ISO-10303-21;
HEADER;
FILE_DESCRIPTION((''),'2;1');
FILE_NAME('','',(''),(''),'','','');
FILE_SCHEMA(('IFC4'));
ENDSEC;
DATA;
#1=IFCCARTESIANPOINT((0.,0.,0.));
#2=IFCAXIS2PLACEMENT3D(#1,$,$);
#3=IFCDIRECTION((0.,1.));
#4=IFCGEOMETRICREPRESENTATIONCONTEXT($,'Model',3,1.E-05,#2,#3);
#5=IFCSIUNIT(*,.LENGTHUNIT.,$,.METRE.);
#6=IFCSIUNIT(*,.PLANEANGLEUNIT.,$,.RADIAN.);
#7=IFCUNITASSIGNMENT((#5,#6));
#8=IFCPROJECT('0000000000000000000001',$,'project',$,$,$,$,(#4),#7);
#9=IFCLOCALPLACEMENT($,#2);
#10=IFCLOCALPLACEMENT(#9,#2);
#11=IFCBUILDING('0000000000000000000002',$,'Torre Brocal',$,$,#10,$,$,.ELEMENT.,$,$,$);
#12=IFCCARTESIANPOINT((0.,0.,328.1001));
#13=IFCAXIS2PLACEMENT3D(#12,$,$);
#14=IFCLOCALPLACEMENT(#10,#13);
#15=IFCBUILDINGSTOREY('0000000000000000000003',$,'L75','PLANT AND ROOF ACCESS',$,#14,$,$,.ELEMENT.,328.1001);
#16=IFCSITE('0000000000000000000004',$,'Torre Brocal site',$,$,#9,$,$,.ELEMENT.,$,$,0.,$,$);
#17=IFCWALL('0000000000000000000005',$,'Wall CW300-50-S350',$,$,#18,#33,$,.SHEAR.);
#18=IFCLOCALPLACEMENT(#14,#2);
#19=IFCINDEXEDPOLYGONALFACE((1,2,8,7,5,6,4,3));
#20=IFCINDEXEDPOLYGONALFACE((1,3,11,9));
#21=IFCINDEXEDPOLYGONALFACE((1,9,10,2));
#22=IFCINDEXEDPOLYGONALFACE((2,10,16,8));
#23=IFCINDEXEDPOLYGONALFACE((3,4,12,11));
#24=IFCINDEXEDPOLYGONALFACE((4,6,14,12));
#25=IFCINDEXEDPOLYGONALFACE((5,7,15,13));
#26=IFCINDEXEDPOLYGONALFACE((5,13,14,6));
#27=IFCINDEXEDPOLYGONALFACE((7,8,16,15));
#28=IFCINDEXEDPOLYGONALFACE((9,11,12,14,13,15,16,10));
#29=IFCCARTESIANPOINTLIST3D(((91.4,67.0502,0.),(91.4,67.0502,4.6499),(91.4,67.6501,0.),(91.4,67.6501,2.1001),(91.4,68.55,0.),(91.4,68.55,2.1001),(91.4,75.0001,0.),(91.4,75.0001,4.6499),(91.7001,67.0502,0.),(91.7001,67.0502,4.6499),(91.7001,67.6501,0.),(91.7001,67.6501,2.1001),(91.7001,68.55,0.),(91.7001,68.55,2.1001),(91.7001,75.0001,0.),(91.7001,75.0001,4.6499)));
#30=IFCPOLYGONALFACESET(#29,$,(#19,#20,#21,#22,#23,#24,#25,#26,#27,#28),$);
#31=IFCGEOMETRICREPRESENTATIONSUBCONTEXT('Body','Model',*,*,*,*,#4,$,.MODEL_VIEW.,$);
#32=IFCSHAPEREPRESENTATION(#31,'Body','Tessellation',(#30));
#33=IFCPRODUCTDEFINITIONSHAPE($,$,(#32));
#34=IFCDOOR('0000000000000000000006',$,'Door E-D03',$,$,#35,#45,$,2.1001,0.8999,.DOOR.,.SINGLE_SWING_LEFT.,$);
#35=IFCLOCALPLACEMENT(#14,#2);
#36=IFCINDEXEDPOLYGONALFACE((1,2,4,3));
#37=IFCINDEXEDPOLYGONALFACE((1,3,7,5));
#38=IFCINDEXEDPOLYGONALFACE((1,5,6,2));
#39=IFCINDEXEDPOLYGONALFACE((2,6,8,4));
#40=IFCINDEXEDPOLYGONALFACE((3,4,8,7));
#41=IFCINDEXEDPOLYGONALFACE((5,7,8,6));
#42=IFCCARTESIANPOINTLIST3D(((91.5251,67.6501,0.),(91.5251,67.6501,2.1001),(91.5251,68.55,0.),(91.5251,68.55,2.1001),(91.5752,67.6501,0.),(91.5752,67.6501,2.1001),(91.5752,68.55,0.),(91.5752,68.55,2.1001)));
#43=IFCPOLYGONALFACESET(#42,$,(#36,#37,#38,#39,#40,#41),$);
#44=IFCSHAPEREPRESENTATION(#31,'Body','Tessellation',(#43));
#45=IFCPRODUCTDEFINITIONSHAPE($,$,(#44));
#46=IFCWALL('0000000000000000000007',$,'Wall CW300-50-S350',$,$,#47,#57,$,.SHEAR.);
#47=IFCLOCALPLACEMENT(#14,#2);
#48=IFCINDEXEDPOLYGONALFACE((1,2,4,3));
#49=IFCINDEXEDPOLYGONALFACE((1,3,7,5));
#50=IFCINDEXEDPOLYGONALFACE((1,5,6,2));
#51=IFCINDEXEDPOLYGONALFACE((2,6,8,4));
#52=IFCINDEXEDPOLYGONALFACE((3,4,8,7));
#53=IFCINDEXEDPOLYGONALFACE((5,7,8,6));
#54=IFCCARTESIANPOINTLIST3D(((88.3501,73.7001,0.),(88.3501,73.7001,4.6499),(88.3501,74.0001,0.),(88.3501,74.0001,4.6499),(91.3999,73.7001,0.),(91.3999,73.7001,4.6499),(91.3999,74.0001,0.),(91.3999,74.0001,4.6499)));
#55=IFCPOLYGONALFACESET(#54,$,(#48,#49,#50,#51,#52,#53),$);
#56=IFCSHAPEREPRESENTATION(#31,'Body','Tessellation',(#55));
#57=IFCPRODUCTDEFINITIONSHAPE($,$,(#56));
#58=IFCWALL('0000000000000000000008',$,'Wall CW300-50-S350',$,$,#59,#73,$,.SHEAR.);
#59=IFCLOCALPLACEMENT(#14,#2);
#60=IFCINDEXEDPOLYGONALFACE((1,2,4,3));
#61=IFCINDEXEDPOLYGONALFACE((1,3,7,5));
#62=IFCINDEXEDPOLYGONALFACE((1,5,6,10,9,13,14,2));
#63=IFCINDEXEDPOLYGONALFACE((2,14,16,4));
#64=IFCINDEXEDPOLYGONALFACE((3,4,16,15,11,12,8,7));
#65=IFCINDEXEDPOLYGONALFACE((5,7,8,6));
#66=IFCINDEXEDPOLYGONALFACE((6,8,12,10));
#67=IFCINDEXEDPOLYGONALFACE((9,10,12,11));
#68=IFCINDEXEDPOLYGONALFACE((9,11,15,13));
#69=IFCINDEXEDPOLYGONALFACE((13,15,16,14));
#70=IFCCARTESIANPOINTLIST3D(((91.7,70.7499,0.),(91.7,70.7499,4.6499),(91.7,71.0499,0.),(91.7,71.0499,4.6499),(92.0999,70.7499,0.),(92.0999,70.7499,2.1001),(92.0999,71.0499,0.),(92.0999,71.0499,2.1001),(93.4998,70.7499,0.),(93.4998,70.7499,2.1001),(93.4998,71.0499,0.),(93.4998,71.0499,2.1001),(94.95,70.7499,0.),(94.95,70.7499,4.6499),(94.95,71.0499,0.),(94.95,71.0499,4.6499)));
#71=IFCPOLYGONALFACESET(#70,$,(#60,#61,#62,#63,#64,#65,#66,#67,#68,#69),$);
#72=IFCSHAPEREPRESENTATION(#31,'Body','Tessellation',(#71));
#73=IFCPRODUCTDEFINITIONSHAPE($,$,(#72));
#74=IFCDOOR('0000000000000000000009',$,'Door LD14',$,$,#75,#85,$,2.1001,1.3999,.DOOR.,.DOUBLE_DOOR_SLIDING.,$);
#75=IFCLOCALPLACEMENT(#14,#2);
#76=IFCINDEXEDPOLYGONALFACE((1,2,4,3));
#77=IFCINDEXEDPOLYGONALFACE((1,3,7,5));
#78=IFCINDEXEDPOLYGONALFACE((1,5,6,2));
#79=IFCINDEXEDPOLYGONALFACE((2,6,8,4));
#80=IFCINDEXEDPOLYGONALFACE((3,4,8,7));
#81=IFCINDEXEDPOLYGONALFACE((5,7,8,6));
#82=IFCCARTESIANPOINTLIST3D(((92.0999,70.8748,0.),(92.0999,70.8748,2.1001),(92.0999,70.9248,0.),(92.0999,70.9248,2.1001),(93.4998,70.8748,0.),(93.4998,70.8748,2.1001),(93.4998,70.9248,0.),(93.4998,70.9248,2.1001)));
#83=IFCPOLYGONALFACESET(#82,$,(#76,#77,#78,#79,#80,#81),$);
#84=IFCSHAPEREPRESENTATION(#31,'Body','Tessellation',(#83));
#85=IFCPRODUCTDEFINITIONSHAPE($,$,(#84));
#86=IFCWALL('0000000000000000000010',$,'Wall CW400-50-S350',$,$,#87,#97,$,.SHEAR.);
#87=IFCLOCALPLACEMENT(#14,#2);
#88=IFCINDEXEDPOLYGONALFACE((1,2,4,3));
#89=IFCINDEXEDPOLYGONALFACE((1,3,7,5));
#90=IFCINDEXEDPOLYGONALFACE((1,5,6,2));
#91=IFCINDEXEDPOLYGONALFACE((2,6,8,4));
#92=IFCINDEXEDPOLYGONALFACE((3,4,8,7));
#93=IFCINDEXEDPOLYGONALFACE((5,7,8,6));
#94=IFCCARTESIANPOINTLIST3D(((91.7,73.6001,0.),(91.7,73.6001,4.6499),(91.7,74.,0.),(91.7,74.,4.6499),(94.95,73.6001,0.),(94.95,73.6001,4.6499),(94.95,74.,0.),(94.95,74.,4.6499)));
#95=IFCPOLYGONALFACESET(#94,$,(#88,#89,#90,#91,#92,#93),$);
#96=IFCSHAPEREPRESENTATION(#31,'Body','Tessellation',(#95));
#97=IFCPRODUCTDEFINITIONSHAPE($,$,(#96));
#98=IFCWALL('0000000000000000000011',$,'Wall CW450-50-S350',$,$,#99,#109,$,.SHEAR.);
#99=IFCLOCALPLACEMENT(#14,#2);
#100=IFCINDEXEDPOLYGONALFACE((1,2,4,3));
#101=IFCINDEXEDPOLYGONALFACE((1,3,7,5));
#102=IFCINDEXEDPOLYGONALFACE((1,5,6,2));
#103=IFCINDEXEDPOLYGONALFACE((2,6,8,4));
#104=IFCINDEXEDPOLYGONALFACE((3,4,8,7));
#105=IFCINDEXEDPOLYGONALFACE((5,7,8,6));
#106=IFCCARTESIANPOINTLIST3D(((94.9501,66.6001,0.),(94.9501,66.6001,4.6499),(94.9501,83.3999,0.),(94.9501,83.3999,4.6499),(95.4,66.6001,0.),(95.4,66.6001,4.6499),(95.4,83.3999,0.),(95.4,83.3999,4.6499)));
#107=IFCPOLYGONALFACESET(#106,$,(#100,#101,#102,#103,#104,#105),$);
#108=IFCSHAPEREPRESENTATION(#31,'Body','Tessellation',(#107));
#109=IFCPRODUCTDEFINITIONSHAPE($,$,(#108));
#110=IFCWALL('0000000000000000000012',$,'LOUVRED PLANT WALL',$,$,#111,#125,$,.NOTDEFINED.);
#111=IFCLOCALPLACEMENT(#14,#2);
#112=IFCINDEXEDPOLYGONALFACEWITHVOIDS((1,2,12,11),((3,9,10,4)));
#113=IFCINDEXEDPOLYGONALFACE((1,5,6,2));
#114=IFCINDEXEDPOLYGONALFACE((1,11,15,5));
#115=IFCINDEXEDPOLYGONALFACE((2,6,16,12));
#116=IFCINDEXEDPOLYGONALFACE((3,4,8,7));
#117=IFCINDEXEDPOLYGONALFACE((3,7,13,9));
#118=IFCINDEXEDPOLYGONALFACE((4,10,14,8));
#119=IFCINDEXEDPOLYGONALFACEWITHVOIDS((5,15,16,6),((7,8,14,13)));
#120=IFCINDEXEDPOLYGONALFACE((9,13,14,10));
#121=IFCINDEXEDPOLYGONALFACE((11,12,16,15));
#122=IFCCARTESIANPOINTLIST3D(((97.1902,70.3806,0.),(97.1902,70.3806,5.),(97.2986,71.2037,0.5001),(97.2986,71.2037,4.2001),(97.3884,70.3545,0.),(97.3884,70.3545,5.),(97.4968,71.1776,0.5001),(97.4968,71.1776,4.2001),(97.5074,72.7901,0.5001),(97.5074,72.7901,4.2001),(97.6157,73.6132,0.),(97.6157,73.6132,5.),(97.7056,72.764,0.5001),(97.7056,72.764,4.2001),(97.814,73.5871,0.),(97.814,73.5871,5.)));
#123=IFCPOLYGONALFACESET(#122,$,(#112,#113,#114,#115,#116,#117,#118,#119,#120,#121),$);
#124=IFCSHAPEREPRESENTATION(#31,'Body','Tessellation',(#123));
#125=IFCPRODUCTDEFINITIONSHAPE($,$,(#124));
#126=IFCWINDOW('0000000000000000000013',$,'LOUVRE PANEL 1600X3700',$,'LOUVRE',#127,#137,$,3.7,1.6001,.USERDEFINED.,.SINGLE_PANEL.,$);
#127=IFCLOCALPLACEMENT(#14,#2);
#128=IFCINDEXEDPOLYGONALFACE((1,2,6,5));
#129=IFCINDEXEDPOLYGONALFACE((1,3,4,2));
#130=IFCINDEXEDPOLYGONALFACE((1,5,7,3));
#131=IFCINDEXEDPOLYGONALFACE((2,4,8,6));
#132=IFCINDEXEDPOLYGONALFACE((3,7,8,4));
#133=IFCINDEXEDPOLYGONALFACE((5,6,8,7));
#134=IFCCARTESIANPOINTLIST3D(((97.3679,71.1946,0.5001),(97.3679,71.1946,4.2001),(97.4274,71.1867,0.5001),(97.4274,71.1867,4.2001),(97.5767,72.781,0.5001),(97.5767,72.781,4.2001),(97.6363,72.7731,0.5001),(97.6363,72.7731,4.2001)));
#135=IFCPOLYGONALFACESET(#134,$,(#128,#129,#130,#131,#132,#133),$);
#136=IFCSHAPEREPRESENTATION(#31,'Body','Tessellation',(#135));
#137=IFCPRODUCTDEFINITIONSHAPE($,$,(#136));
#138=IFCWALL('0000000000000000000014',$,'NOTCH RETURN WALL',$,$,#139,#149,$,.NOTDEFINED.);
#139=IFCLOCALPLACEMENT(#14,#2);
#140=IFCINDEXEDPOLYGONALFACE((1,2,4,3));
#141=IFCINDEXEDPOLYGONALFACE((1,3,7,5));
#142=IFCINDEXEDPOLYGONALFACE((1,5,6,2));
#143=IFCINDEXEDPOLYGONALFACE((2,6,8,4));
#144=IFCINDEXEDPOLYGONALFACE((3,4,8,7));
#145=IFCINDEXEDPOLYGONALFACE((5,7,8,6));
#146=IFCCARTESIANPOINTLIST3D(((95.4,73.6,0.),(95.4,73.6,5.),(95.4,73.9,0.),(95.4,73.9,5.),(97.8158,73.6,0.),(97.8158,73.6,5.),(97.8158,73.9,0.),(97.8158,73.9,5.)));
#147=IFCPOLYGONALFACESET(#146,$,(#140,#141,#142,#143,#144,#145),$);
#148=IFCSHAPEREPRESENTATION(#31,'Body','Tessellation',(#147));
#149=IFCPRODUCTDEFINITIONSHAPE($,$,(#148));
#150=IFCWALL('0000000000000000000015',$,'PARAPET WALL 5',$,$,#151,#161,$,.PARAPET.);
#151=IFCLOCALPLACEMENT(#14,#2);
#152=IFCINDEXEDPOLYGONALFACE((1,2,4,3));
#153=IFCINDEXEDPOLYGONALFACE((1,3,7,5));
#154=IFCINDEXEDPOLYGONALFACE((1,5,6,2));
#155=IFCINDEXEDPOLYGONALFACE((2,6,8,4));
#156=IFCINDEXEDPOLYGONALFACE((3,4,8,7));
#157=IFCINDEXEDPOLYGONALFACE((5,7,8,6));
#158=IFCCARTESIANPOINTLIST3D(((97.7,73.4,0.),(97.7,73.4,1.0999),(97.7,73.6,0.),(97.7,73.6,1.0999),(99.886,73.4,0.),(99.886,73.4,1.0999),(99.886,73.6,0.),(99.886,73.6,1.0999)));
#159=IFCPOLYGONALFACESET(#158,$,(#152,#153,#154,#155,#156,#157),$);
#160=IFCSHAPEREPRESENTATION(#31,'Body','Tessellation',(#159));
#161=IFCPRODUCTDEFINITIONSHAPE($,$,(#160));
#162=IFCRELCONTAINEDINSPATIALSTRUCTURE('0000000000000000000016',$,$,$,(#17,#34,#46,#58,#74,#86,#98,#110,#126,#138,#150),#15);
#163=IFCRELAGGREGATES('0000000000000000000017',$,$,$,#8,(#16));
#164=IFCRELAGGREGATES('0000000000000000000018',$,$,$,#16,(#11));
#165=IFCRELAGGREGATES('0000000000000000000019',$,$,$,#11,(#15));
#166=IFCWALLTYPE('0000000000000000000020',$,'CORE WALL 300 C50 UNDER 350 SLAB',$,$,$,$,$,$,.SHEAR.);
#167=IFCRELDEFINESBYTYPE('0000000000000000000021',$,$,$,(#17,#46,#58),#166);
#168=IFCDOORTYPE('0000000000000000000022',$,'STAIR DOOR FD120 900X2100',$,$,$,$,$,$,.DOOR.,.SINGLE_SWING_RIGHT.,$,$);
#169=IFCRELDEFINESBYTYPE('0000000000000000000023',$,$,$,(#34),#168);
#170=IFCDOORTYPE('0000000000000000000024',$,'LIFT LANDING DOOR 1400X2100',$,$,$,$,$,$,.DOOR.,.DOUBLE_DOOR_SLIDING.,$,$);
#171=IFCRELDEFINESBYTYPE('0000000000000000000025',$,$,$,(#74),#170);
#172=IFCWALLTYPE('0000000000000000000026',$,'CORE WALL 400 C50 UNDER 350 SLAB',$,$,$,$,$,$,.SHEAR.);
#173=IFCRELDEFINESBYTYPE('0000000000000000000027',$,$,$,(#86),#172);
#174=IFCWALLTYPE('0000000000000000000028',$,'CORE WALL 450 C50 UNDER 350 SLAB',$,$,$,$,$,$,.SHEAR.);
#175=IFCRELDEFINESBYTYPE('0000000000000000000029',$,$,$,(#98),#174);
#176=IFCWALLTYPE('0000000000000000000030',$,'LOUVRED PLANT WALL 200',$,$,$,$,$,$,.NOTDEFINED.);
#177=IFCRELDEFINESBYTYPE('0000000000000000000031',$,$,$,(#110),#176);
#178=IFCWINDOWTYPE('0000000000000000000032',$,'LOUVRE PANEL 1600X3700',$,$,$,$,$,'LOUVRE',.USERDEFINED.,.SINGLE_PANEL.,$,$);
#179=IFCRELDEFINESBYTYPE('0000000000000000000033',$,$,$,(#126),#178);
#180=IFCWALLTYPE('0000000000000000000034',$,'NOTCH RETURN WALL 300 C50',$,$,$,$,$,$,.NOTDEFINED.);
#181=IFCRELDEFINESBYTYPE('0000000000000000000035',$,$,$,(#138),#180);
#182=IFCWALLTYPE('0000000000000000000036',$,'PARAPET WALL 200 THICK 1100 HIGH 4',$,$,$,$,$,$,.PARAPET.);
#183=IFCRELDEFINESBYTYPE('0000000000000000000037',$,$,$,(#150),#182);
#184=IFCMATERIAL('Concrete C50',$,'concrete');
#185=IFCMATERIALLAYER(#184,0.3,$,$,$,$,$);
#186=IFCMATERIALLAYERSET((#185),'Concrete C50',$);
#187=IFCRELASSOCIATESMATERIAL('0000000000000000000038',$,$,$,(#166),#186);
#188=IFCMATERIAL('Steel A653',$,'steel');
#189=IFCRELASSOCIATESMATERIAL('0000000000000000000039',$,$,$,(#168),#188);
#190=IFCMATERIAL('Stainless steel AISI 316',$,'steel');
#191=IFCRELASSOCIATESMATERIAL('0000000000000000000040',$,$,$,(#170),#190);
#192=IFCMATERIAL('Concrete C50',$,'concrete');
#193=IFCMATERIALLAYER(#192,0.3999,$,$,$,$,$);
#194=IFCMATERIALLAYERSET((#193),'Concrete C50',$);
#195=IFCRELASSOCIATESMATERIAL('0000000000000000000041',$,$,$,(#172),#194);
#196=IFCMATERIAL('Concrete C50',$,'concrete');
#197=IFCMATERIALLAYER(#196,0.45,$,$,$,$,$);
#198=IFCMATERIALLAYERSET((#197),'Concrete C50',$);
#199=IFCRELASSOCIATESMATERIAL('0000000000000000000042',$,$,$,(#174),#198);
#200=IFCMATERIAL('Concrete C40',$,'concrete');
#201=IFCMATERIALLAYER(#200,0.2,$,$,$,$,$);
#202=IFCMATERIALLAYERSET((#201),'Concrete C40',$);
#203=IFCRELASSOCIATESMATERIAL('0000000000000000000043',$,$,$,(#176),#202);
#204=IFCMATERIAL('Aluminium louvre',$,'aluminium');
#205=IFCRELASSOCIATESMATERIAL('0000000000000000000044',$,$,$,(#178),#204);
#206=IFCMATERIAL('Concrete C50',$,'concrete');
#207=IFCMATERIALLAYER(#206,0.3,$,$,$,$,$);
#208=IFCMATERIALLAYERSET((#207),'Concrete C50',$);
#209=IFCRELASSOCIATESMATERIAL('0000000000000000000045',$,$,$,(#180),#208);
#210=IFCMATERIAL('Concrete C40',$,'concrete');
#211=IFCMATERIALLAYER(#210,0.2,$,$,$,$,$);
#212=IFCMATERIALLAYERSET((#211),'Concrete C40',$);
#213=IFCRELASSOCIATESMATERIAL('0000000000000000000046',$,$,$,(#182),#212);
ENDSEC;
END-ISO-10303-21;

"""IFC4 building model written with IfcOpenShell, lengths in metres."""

from ifc_helpers import new_model, si_unit, direction, frame, frame_2d, origin, place, context, subcontext, project, spatial, rectangle, extrude, material, layer, layer_set, type_object, element, fill, save


model = new_model("IFC4")

# Units and contexts
model_context = context("Model", 3, precision=1e-05, world=origin(), true_north=direction((0.0, 1.0)))
body_context = subcontext(model_context, "Body", "Model", "MODEL_VIEW")
ifc_project = project(units=[si_unit("LENGTHUNIT", "METRE"), si_unit("PLANEANGLEUNIT", "RADIAN")], contexts=[model_context])

# Site, building, storey
site_placement = place(None, origin())
site = spatial("IfcSite", under=ifc_project, at=site_placement, Name="Torre Brocal site", CompositionType="ELEMENT", RefElevation=0.0)
building_placement = place(site_placement, origin())
building = spatial("IfcBuilding", under=site, at=building_placement, Name="Torre Brocal", CompositionType="ELEMENT")
storey_placement = place(building_placement, frame((0.0, 0.0, 328.1001)))
storey = spatial("IfcBuildingStorey", under=building, at=storey_placement, Name="L75", Description="PLANT AND ROOF ACCESS", CompositionType="ELEMENT", Elevation=328.1001)

# Wall, opening, door
ifc_material_1 = material(Name="Concrete C50", Category="concrete")
ifc_layer_1 = layer(ifc_material_1, 0.3)
ifc_layer_set_1 = layer_set([ifc_layer_1], Name="Concrete C50")
wall_type_1 = type_object("IfcWallType", Name="CORE WALL 300 C50 UNDER 350 SLAB", PredefinedType="SHEAR", material=ifc_layer_set_1)
wall_1_placement = place(storey_placement, frame((91.55, 67.05, 0.0), z_axis=(0.0, 0.0, 1.0), x_axis=(0.0, 1.0, 0.0)))
wall_1 = element("IfcWall", 1, at=wall_1_placement, inside=storey, type_object=wall_type_1, Name="Wall CW300-50-S350", PredefinedType="SHEAR", context=body_context, shape_type="SweptSolid", body=[
    extrude(rectangle(XDim=7.95, YDim=0.3, at=frame_2d((3.9751, 0.0))), origin(), (0.0, 0.0, 1.0), 4.6499),
])
opening_1_placement = place(wall_1_placement, frame((0.6001, 0.0, 0.0)))
opening_1 = element("IfcOpeningElement", 2, at=opening_1_placement, cuts=wall_1, PredefinedType="OPENING", context=body_context, shape_type="SweptSolid", body=[
    extrude(rectangle(XDim=0.8999, YDim=2.1001, at=frame_2d((0.45, 1.05))), frame((0.0, 0.1599, 0.0), z_axis=(0.0, -1.0, 0.0), x_axis=(1.0, 0.0, 0.0)), (0.0, 0.0, 1.0), 0.3201),
])
ifc_material_2 = material(Name="Steel A653", Category="steel")
door_type_1 = type_object("IfcDoorType", Name="STAIR DOOR FD120 900X2100", OperationType="SINGLE_SWING_RIGHT", PredefinedType="DOOR", material=ifc_material_2)
door_1_placement = place(opening_1_placement, origin())
door_1 = element("IfcDoor", 3, at=door_1_placement, inside=storey, type_object=door_type_1, Name="Door E-D03", OperationType="SINGLE_SWING_LEFT", OverallHeight=2.1001, OverallWidth=0.8999, PredefinedType="DOOR", context=body_context, shape_type="SweptSolid", body=[
    extrude(rectangle(XDim=0.8999, YDim=2.1001, at=frame_2d((0.45, 1.05))), frame((0.0, 0.0249, 0.0), z_axis=(0.0, -1.0, 0.0), x_axis=(1.0, 0.0, 0.0)), (0.0, 0.0, 1.0), 0.05),
])
fill(opening_1, door_1)

# Wall
wall_2_placement = place(storey_placement, frame((88.3501, 73.8501, 0.0), z_axis=(0.0, 0.0, 1.0), x_axis=(1.0, 0.0, 0.0)))
element("IfcWall", 4, at=wall_2_placement, inside=storey, type_object=wall_type_1, Name="Wall CW300-50-S350", PredefinedType="SHEAR", context=body_context, shape_type="SweptSolid", body=[
    extrude(rectangle(XDim=3.0498, YDim=0.3, at=frame_2d((1.5249, 0.0))), origin(), (0.0, 0.0, 1.0), 4.6499),
])

# Wall, opening, door
wall_3_placement = place(storey_placement, frame((91.7, 70.8999, 0.0), z_axis=(0.0, 0.0, 1.0), x_axis=(1.0, 0.0, 0.0)))
wall_3 = element("IfcWall", 5, at=wall_3_placement, inside=storey, type_object=wall_type_1, Name="Wall CW300-50-S350", PredefinedType="SHEAR", context=body_context, shape_type="SweptSolid", body=[
    extrude(rectangle(XDim=3.25, YDim=0.3, at=frame_2d((1.625, 0.0))), origin(), (0.0, 0.0, 1.0), 4.6499),
])
opening_2_placement = place(wall_3_placement, frame((0.3999, 0.0, 0.0)))
opening_2 = element("IfcOpeningElement", 6, at=opening_2_placement, cuts=wall_3, PredefinedType="OPENING", context=body_context, shape_type="SweptSolid", body=[
    extrude(rectangle(XDim=1.3999, YDim=2.1001, at=frame_2d((0.7, 1.05))), frame((0.0, 0.1599, 0.0), z_axis=(0.0, -1.0, 0.0), x_axis=(1.0, 0.0, 0.0)), (0.0, 0.0, 1.0), 0.3201),
])
ifc_material_3 = material(Name="Stainless steel AISI 316", Category="steel")
door_type_2 = type_object("IfcDoorType", Name="LIFT LANDING DOOR 1400X2100", OperationType="DOUBLE_DOOR_SLIDING", PredefinedType="DOOR", material=ifc_material_3)
door_2_placement = place(opening_2_placement, origin())
door_2 = element("IfcDoor", 7, at=door_2_placement, inside=storey, type_object=door_type_2, Name="Door LD14", OperationType="DOUBLE_DOOR_SLIDING", OverallHeight=2.1001, OverallWidth=1.3999, PredefinedType="DOOR", context=body_context, shape_type="SweptSolid", body=[
    extrude(rectangle(XDim=1.3999, YDim=2.1001, at=frame_2d((0.7, 1.05))), frame((0.0, 0.0249, 0.0), z_axis=(0.0, -1.0, 0.0), x_axis=(1.0, 0.0, 0.0)), (0.0, 0.0, 1.0), 0.05),
])
fill(opening_2, door_2)

# Walls
ifc_material_4 = material(Name="Concrete C50", Category="concrete")
ifc_layer_2 = layer(ifc_material_4, 0.3999)
ifc_layer_set_2 = layer_set([ifc_layer_2], Name="Concrete C50")
wall_type_2 = type_object("IfcWallType", Name="CORE WALL 400 C50 UNDER 350 SLAB", PredefinedType="SHEAR", material=ifc_layer_set_2)
wall_4_placement = place(storey_placement, frame((91.7, 73.8, 0.0), z_axis=(0.0, 0.0, 1.0), x_axis=(1.0, 0.0, 0.0)))
element("IfcWall", 8, at=wall_4_placement, inside=storey, type_object=wall_type_2, Name="Wall CW400-50-S350", PredefinedType="SHEAR", context=body_context, shape_type="SweptSolid", body=[
    extrude(rectangle(XDim=3.25, YDim=0.3999, at=frame_2d((1.625, 0.0))), origin(), (0.0, 0.0, 1.0), 4.6499),
])
ifc_material_5 = material(Name="Concrete C50", Category="concrete")
ifc_layer_3 = layer(ifc_material_5, 0.45)
ifc_layer_set_3 = layer_set([ifc_layer_3], Name="Concrete C50")
wall_type_3 = type_object("IfcWallType", Name="CORE WALL 450 C50 UNDER 350 SLAB", PredefinedType="SHEAR", material=ifc_layer_set_3)
wall_5_placement = place(storey_placement, frame((95.175, 66.6001, 0.0), z_axis=(0.0, 0.0, 1.0), x_axis=(0.0, 1.0, 0.0)))
element("IfcWall", 9, at=wall_5_placement, inside=storey, type_object=wall_type_3, Name="Wall CW450-50-S350", PredefinedType="SHEAR", context=body_context, shape_type="SweptSolid", body=[
    extrude(rectangle(XDim=16.7998, YDim=0.45, at=frame_2d((8.3999, 0.0))), origin(), (0.0, 0.0, 1.0), 4.6499),
])

# Wall, opening, window
ifc_material_6 = material(Name="Concrete C40", Category="concrete")
ifc_layer_4 = layer(ifc_material_6, 0.2)
ifc_layer_set_4 = layer_set([ifc_layer_4], Name="Concrete C40")
wall_type_4 = type_object("IfcWallType", Name="LOUVRED PLANT WALL 200", PredefinedType="NOTDEFINED", material=ifc_layer_set_4)
wall_6_placement = place(storey_placement, frame((97.2893, 70.3674, 0.0), z_axis=(0.0, 0.0, 1.0), x_axis=(0.130511, 0.991447, 0.0)))
wall_6 = element("IfcWall", 10, at=wall_6_placement, inside=storey, type_object=wall_type_4, Name="LOUVRED PLANT WALL", PredefinedType="NOTDEFINED", context=body_context, shape_type="SweptSolid", body=[
    extrude(rectangle(XDim=3.2605, YDim=0.2, at=frame_2d((1.6304, 0.0))), origin(), (0.0, 0.0, 1.0), 5.0),
])
opening_3_placement = place(wall_6_placement, frame((0.8303, 0.0, 0.5)))
opening_3 = element("IfcOpeningElement", 11, at=opening_3_placement, cuts=wall_6, PredefinedType="OPENING", context=body_context, shape_type="SweptSolid", body=[
    extrude(rectangle(XDim=1.6001, YDim=3.7, at=frame_2d((0.8, 1.8501))), frame((0.0, 0.1099, 0.0), z_axis=(0.0, -1.0, 0.0), x_axis=(1.0, 0.0, 0.0)), (0.0, 0.0, 1.0), 0.22),
])
ifc_material_7 = material(Name="Aluminium louvre", Category="aluminium")
window_type = type_object("IfcWindowType", Name="LOUVRE PANEL 1600X3700", ElementType="LOUVRE", PartitioningType="SINGLE_PANEL", PredefinedType="USERDEFINED", material=ifc_material_7)
window_placement = place(opening_3_placement, origin())
window = element("IfcWindow", 12, at=window_placement, inside=storey, type_object=window_type, Name="LOUVRE PANEL 1600X3700", ObjectType="LOUVRE", OverallHeight=3.7, OverallWidth=1.6001, PartitioningType="SINGLE_PANEL", PredefinedType="USERDEFINED", context=body_context, shape_type="SweptSolid", body=[
    extrude(rectangle(XDim=1.6001, YDim=3.7, at=frame_2d((0.8, 1.8501))), frame((0.0, 0.03, 0.0), z_axis=(0.0, -1.0, 0.0), x_axis=(1.0, 0.0, 0.0)), (0.0, 0.0, 1.0), 0.0601),
])
fill(opening_3, window)

# Walls
ifc_material_8 = material(Name="Concrete C50", Category="concrete")
ifc_layer_5 = layer(ifc_material_8, 0.3)
ifc_layer_set_5 = layer_set([ifc_layer_5], Name="Concrete C50")
wall_type_5 = type_object("IfcWallType", Name="NOTCH RETURN WALL 300 C50", PredefinedType="NOTDEFINED", material=ifc_layer_set_5)
wall_7_placement = place(storey_placement, frame((95.3999, 73.75, 0.0), z_axis=(0.0, 0.0, 1.0), x_axis=(1.0, 0.0, 0.0)))
element("IfcWall", 13, at=wall_7_placement, inside=storey, type_object=wall_type_5, Name="NOTCH RETURN WALL", PredefinedType="NOTDEFINED", context=body_context, shape_type="SweptSolid", body=[
    extrude(rectangle(XDim=2.4158, YDim=0.3, at=frame_2d((1.208, 0.0))), origin(), (0.0, 0.0, 1.0), 5.0),
])
ifc_material_9 = material(Name="Concrete C40", Category="concrete")
ifc_layer_6 = layer(ifc_material_9, 0.2)
ifc_layer_set_6 = layer_set([ifc_layer_6], Name="Concrete C40")
wall_type_6 = type_object("IfcWallType", Name="PARAPET WALL 200 THICK 1100 HIGH 4", PredefinedType="PARAPET", material=ifc_layer_set_6)
wall_8_placement = place(storey_placement, frame((97.7, 73.5, 0.0), z_axis=(0.0, 0.0, 1.0), x_axis=(1.0, 0.0, 0.0)))
element("IfcWall", 14, at=wall_8_placement, inside=storey, type_object=wall_type_6, Name="PARAPET WALL 5", PredefinedType="PARAPET", context=body_context, shape_type="SweptSolid", body=[
    extrude(rectangle(XDim=2.186, YDim=0.2, at=frame_2d((1.093, 0.0))), origin(), (0.0, 0.0, 1.0), 1.0999),
])

save(model, "model.ifc")
